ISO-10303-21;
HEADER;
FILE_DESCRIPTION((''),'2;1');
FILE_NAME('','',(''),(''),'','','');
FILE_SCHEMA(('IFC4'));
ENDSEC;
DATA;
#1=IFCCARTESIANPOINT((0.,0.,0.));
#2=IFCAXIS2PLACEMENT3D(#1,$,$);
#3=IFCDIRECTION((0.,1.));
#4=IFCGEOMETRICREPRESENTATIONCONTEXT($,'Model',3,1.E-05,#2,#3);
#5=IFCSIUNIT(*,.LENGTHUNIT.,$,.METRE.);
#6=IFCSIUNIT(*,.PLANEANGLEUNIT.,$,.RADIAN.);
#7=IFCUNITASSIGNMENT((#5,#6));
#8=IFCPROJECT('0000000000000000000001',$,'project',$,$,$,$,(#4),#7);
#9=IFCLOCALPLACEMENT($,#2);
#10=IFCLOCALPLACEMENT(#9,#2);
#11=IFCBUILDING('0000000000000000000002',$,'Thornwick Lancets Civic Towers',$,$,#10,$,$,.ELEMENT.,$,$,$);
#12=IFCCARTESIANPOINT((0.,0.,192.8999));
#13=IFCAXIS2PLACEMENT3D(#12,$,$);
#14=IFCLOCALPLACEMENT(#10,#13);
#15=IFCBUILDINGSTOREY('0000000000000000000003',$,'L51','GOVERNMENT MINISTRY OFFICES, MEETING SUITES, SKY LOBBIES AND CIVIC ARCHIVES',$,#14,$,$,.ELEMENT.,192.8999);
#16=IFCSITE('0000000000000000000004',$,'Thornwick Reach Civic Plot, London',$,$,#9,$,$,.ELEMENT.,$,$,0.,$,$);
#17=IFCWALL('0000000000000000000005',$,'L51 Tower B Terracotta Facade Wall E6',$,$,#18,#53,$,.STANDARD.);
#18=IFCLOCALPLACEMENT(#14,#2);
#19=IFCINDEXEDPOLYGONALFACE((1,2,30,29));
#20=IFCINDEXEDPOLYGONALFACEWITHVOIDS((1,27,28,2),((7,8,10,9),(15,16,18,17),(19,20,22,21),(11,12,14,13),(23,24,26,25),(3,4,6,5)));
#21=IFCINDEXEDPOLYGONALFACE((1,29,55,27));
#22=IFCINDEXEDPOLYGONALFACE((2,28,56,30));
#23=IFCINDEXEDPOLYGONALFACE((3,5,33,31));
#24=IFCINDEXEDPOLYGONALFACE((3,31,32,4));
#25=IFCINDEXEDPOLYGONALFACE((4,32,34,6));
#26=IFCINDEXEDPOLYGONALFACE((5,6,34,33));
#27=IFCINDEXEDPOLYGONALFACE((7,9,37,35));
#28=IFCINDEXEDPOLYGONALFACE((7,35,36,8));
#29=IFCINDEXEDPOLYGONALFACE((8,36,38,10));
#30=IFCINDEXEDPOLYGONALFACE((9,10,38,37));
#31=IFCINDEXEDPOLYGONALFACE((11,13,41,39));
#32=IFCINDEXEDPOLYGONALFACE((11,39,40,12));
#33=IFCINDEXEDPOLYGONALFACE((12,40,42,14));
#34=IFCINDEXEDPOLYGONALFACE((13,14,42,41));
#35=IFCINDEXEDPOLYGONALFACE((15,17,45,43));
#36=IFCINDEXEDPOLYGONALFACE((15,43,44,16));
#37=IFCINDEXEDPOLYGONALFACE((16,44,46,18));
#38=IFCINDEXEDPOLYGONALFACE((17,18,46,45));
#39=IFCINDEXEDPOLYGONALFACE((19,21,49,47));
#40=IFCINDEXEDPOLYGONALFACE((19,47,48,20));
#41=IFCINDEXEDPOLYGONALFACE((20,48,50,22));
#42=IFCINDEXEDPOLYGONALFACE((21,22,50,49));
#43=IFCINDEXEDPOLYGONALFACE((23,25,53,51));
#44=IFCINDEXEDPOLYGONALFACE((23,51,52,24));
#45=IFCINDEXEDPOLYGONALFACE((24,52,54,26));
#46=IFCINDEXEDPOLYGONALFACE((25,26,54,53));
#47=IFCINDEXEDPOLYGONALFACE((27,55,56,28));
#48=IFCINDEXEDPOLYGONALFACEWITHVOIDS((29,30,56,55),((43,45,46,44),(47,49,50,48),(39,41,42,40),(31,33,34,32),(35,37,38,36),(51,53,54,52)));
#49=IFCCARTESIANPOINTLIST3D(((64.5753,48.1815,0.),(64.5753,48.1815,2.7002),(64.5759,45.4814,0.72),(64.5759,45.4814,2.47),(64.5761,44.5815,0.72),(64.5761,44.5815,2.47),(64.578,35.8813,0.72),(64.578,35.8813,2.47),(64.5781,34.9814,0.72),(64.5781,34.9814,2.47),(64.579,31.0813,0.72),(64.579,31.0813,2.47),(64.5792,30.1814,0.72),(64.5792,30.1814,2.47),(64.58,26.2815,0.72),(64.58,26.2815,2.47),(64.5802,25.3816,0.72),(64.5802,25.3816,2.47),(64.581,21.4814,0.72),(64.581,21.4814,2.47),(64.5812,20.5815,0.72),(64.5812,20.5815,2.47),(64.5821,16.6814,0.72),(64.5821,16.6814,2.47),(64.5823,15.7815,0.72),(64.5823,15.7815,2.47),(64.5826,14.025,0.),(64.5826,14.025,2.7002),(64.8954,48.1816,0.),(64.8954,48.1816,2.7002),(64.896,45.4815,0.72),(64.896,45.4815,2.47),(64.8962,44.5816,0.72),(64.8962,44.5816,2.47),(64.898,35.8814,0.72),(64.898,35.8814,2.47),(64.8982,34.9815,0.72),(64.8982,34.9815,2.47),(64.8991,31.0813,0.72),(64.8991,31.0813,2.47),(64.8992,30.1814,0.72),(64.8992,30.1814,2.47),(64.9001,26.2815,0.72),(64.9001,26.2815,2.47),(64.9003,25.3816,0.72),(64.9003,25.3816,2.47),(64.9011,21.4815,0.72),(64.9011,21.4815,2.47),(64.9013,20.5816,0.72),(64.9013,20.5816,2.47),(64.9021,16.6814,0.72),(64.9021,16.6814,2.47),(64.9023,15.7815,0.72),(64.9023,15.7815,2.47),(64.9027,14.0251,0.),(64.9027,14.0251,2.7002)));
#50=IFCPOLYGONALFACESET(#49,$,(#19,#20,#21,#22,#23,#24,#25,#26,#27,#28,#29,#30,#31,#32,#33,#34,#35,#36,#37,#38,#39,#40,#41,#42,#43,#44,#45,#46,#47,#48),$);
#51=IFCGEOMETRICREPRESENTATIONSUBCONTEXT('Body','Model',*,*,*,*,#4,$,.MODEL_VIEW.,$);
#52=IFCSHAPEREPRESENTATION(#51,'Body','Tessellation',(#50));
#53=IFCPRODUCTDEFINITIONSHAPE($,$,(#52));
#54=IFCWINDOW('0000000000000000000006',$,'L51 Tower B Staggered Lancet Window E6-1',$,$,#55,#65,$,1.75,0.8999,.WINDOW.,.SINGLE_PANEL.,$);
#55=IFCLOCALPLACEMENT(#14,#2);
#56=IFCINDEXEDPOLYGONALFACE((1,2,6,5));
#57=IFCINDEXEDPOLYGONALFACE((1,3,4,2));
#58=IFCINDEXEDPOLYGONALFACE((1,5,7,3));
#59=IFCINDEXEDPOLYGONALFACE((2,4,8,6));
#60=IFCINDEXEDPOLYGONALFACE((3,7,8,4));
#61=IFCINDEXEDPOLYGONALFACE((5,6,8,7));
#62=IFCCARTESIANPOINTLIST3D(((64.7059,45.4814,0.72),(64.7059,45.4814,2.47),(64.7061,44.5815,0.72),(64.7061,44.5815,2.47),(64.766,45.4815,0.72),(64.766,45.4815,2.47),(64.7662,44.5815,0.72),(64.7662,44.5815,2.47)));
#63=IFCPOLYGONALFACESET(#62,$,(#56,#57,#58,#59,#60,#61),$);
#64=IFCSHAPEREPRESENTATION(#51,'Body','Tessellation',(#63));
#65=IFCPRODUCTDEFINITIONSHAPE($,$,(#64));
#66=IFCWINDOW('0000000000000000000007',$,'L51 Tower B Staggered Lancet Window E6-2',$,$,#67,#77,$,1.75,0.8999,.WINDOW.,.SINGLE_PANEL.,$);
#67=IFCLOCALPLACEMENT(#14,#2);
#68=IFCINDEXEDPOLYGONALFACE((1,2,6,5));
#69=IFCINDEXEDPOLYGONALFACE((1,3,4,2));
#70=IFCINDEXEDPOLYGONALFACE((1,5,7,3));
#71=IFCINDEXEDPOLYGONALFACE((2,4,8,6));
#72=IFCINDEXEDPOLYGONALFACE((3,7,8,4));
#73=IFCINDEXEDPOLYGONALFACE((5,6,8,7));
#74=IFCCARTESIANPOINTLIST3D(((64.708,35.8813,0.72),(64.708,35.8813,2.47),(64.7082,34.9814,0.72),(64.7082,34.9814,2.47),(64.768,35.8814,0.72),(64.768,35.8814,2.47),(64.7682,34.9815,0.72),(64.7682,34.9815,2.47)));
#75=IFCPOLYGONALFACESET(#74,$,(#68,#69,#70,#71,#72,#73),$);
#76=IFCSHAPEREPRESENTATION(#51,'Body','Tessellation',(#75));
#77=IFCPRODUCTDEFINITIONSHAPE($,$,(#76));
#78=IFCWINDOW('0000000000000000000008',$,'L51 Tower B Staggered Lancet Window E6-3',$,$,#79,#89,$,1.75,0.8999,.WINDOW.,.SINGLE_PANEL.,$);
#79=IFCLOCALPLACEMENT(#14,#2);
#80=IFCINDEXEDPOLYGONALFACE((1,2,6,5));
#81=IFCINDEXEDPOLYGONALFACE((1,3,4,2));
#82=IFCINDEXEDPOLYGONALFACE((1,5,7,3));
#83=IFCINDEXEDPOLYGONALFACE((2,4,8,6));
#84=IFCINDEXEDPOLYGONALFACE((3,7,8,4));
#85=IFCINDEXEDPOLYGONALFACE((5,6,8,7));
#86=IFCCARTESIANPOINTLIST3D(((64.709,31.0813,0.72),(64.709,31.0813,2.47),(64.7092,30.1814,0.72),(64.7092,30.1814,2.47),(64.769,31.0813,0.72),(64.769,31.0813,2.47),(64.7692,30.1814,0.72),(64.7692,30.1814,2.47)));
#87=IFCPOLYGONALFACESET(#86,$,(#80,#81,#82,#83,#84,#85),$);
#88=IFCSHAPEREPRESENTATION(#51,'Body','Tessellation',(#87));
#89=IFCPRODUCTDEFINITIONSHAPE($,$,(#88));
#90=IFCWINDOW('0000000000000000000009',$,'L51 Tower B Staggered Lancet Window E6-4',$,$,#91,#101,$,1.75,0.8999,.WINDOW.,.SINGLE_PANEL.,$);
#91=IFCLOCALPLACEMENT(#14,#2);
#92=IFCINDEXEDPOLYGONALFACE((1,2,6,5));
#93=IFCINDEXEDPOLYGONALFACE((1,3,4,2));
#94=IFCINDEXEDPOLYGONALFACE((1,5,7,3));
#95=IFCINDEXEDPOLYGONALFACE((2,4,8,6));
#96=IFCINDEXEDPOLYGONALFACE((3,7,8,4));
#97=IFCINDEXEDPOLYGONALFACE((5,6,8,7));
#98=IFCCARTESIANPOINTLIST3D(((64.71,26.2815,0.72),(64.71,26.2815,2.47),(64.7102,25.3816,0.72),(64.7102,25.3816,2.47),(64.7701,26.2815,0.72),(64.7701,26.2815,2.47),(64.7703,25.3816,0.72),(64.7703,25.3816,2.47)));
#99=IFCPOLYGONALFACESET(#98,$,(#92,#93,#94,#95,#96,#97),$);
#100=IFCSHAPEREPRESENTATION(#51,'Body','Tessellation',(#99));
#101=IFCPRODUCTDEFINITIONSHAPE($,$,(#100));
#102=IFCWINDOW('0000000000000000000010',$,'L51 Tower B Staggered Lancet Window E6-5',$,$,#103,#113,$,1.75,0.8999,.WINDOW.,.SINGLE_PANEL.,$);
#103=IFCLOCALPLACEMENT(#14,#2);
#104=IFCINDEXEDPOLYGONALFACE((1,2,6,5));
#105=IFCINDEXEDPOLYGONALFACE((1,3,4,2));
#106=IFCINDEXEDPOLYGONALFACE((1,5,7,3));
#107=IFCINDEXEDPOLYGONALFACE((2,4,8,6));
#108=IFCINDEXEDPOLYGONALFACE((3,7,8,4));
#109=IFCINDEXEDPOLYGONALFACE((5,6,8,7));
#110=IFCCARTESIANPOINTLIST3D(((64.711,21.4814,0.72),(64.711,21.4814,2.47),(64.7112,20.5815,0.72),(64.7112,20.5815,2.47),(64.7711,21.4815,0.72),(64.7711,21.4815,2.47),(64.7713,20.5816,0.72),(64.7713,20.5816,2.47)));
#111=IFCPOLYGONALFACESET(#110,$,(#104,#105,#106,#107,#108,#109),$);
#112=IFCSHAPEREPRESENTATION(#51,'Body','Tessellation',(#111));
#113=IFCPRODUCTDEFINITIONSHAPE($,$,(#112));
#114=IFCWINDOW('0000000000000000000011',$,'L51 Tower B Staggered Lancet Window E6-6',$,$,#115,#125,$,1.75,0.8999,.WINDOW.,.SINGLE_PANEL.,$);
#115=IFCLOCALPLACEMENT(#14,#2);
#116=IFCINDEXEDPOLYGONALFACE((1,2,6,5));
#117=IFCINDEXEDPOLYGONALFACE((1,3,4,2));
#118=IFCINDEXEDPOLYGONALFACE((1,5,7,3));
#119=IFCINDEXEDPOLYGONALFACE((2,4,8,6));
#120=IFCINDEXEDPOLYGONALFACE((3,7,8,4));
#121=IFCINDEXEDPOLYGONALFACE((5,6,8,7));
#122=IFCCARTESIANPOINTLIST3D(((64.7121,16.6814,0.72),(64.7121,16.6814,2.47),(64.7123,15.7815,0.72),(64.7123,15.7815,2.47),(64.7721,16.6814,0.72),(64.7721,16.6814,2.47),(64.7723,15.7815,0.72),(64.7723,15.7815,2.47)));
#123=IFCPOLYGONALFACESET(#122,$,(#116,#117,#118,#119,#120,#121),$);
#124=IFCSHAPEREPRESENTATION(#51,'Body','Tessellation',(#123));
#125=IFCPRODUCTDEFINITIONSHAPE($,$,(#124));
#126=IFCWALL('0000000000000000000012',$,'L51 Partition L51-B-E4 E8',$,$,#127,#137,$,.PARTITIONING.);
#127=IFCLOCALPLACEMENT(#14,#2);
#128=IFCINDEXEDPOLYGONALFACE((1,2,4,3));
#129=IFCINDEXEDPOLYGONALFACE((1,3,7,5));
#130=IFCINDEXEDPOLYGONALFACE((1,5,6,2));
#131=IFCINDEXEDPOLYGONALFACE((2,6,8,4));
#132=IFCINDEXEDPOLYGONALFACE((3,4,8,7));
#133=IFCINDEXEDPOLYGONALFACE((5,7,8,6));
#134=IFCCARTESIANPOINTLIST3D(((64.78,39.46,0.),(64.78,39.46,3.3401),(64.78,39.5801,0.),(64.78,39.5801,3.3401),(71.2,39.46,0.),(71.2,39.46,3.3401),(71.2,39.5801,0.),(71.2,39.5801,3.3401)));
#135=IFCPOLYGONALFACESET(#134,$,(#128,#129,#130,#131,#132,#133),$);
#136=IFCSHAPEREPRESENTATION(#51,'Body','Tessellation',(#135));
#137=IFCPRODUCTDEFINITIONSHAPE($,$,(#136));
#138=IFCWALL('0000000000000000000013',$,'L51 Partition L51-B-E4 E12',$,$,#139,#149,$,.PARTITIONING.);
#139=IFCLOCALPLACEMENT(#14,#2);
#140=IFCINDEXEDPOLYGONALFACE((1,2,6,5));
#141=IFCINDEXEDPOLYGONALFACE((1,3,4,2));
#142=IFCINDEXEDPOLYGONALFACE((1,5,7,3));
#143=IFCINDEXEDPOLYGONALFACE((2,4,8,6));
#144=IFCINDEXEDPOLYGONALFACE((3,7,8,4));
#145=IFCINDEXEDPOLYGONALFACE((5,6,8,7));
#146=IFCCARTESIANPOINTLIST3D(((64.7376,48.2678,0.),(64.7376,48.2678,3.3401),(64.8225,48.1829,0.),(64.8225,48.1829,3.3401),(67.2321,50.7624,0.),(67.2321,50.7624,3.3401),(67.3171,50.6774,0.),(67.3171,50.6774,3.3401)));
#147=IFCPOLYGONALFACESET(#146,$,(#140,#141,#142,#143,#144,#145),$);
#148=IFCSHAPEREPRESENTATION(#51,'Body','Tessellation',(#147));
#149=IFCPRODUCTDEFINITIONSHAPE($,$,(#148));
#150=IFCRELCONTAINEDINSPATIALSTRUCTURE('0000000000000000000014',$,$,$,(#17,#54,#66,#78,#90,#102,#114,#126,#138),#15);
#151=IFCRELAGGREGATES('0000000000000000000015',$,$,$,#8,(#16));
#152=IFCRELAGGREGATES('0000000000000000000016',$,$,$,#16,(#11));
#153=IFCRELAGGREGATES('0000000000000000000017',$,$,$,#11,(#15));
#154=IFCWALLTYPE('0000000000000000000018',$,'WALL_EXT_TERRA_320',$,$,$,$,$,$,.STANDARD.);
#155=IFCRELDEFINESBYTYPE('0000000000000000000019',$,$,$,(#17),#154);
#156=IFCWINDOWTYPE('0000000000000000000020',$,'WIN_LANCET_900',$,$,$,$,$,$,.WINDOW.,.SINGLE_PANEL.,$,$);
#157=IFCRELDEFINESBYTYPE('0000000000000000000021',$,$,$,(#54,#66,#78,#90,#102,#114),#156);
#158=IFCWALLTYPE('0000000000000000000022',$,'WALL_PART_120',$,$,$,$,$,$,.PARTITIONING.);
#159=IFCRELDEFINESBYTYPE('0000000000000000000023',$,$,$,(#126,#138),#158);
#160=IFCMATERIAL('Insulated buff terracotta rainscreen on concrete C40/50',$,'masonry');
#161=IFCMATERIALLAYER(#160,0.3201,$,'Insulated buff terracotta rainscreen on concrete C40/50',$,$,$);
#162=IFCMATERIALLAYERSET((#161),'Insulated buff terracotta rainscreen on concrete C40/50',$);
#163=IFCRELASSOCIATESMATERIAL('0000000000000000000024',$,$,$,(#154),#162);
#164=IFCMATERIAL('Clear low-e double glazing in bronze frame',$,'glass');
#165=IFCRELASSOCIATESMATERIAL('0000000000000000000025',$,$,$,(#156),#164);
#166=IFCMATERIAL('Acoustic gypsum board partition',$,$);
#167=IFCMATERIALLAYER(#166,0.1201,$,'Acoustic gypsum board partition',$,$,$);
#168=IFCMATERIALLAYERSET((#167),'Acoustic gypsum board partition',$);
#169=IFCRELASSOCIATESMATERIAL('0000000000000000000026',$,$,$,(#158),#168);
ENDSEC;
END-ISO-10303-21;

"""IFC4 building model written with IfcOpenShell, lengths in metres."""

from ifc_helpers import new_model, si_unit, direction, frame, frame_2d, origin, place, context, subcontext, project, spatial, rectangle, extrude, material, layer, layer_set, type_object, element, fill, save


model = new_model("IFC4")

# Units and contexts
model_context = context("Model", 3, precision=1e-05, world=origin(), true_north=direction((0.0, 1.0)))
body_context = subcontext(model_context, "Body", "Model", "MODEL_VIEW")
ifc_project = project(units=[si_unit("LENGTHUNIT", "METRE"), si_unit("PLANEANGLEUNIT", "RADIAN")], contexts=[model_context])

# Site, building, storey
site_placement = place(None, origin())
site = spatial("IfcSite", under=ifc_project, at=site_placement, Name="Thornwick Reach Civic Plot, London", CompositionType="ELEMENT", RefElevation=0.0)
building_placement = place(site_placement, origin())
building = spatial("IfcBuilding", under=site, at=building_placement, Name="Thornwick Lancets Civic Towers", CompositionType="ELEMENT")
storey_placement = place(building_placement, frame((0.0, 0.0, 192.8999)))
storey = spatial("IfcBuildingStorey", under=building, at=storey_placement, Name="L51", Description="GOVERNMENT MINISTRY OFFICES, MEETING SUITES, SKY LOBBIES AND CIVIC ARCHIVES", CompositionType="ELEMENT", Elevation=192.8999)

# Wall, openings, windows
ifc_material_1 = material(Name="Insulated buff terracotta rainscreen on concrete C40/50", Category="masonry")
ifc_layer_1 = layer(ifc_material_1, 0.3201, Name="Insulated buff terracotta rainscreen on concrete C40/50")
ifc_layer_set_1 = layer_set([ifc_layer_1], Name="Insulated buff terracotta rainscreen on concrete C40/50")
wall_type_1 = type_object("IfcWallType", Name="WALL_EXT_TERRA_320", PredefinedType="STANDARD", material=ifc_layer_set_1)
wall_1_placement = place(storey_placement, frame((64.7354, 48.1814, 0.0), z_axis=(0.0, 0.0, 1.0), x_axis=(0.000214, -1.0, 0.0)))
wall_1 = element("IfcWall", 1, at=wall_1_placement, inside=storey, type_object=wall_type_1, Name="L51 Tower B Terracotta Facade Wall E6", PredefinedType="STANDARD", context=body_context, shape_type="SweptSolid", body=[
    extrude(rectangle(XDim=34.1565, YDim=0.3201, at=frame_2d((17.0781, 0.0))), origin(), (0.0, 0.0, 1.0), 2.7002),
])
opening_1_placement = place(wall_1_placement, frame((2.7, 0.0, 0.72)))
opening_1 = element("IfcOpeningElement", 2, at=opening_1_placement, cuts=wall_1, PredefinedType="OPENING", context=body_context, shape_type="SweptSolid", body=[
    extrude(rectangle(XDim=0.8999, YDim=1.75, at=frame_2d((0.45, 0.875))), frame((0.0, 0.1699, 0.0), z_axis=(0.0, -1.0, 0.0), x_axis=(1.0, 0.0, 0.0)), (0.0, 0.0, 1.0), 0.3401),
])
opening_2_placement = place(wall_1_placement, frame((12.3, 0.0, 0.72)))
opening_2 = element("IfcOpeningElement", 3, at=opening_2_placement, cuts=wall_1, PredefinedType="OPENING", context=body_context, shape_type="SweptSolid", body=[
    extrude(rectangle(XDim=0.8999, YDim=1.75, at=frame_2d((0.45, 0.875))), frame((0.0, 0.1699, 0.0), z_axis=(0.0, -1.0, 0.0), x_axis=(1.0, 0.0, 0.0)), (0.0, 0.0, 1.0), 0.3401),
])
opening_3_placement = place(wall_1_placement, frame((17.1001, 0.0, 0.72)))
opening_3 = element("IfcOpeningElement", 4, at=opening_3_placement, cuts=wall_1, PredefinedType="OPENING", context=body_context, shape_type="SweptSolid", body=[
    extrude(rectangle(XDim=0.8999, YDim=1.75, at=frame_2d((0.45, 0.875))), frame((0.0, 0.1699, 0.0), z_axis=(0.0, -1.0, 0.0), x_axis=(1.0, 0.0, 0.0)), (0.0, 0.0, 1.0), 0.3401),
])
opening_4_placement = place(wall_1_placement, frame((21.8999, 0.0, 0.72)))
opening_4 = element("IfcOpeningElement", 5, at=opening_4_placement, cuts=wall_1, PredefinedType="OPENING", context=body_context, shape_type="SweptSolid", body=[
    extrude(rectangle(XDim=0.8999, YDim=1.75, at=frame_2d((0.45, 0.875))), frame((0.0, 0.1699, 0.0), z_axis=(0.0, -1.0, 0.0), x_axis=(1.0, 0.0, 0.0)), (0.0, 0.0, 1.0), 0.3401),
])
opening_5_placement = place(wall_1_placement, frame((26.7, 0.0, 0.72)))
opening_5 = element("IfcOpeningElement", 6, at=opening_5_placement, cuts=wall_1, PredefinedType="OPENING", context=body_context, shape_type="SweptSolid", body=[
    extrude(rectangle(XDim=0.8999, YDim=1.75, at=frame_2d((0.45, 0.875))), frame((0.0, 0.1699, 0.0), z_axis=(0.0, -1.0, 0.0), x_axis=(1.0, 0.0, 0.0)), (0.0, 0.0, 1.0), 0.3401),
])
opening_6_placement = place(wall_1_placement, frame((31.5, 0.0, 0.72)))
opening_6 = element("IfcOpeningElement", 7, at=opening_6_placement, cuts=wall_1, PredefinedType="OPENING", context=body_context, shape_type="SweptSolid", body=[
    extrude(rectangle(XDim=0.8999, YDim=1.75, at=frame_2d((0.45, 0.875))), frame((0.0, 0.1699, 0.0), z_axis=(0.0, -1.0, 0.0), x_axis=(1.0, 0.0, 0.0)), (0.0, 0.0, 1.0), 0.3401),
])
ifc_material_2 = material(Name="Clear low-e double glazing in bronze frame", Category="glass")
window_type = type_object("IfcWindowType", Name="WIN_LANCET_900", PartitioningType="SINGLE_PANEL", PredefinedType="WINDOW", material=ifc_material_2)
window_1_placement = place(opening_1_placement, origin())
window_1 = element("IfcWindow", 8, at=window_1_placement, inside=storey, type_object=window_type, Name="L51 Tower B Staggered Lancet Window E6-1", OverallHeight=1.75, OverallWidth=0.8999, PartitioningType="SINGLE_PANEL", PredefinedType="WINDOW", context=body_context, shape_type="SweptSolid", body=[
    extrude(rectangle(XDim=0.8999, YDim=1.75, at=frame_2d((0.45, 0.875))), frame((0.0, 0.03, 0.0), z_axis=(0.0, -1.0, 0.0), x_axis=(1.0, 0.0, 0.0)), (0.0, 0.0, 1.0), 0.0601),
])
fill(opening_1, window_1)
window_2_placement = place(opening_2_placement, origin())
window_2 = element("IfcWindow", 9, at=window_2_placement, inside=storey, type_object=window_type, Name="L51 Tower B Staggered Lancet Window E6-2", OverallHeight=1.75, OverallWidth=0.8999, PartitioningType="SINGLE_PANEL", PredefinedType="WINDOW", context=body_context, shape_type="SweptSolid", body=[
    extrude(rectangle(XDim=0.8999, YDim=1.75, at=frame_2d((0.45, 0.875))), frame((0.0, 0.03, 0.0), z_axis=(0.0, -1.0, 0.0), x_axis=(1.0, 0.0, 0.0)), (0.0, 0.0, 1.0), 0.0601),
])
fill(opening_2, window_2)
window_3_placement = place(opening_3_placement, origin())
window_3 = element("IfcWindow", 10, at=window_3_placement, inside=storey, type_object=window_type, Name="L51 Tower B Staggered Lancet Window E6-3", OverallHeight=1.75, OverallWidth=0.8999, PartitioningType="SINGLE_PANEL", PredefinedType="WINDOW", context=body_context, shape_type="SweptSolid", body=[
    extrude(rectangle(XDim=0.8999, YDim=1.75, at=frame_2d((0.45, 0.875))), frame((0.0, 0.03, 0.0), z_axis=(0.0, -1.0, 0.0), x_axis=(1.0, 0.0, 0.0)), (0.0, 0.0, 1.0), 0.0601),
])
fill(opening_3, window_3)
window_4_placement = place(opening_4_placement, origin())
window_4 = element("IfcWindow", 11, at=window_4_placement, inside=storey, type_object=window_type, Name="L51 Tower B Staggered Lancet Window E6-4", OverallHeight=1.75, OverallWidth=0.8999, PartitioningType="SINGLE_PANEL", PredefinedType="WINDOW", context=body_context, shape_type="SweptSolid", body=[
    extrude(rectangle(XDim=0.8999, YDim=1.75, at=frame_2d((0.45, 0.875))), frame((0.0, 0.03, 0.0), z_axis=(0.0, -1.0, 0.0), x_axis=(1.0, 0.0, 0.0)), (0.0, 0.0, 1.0), 0.0601),
])
fill(opening_4, window_4)
window_5_placement = place(opening_5_placement, origin())
window_5 = element("IfcWindow", 12, at=window_5_placement, inside=storey, type_object=window_type, Name="L51 Tower B Staggered Lancet Window E6-5", OverallHeight=1.75, OverallWidth=0.8999, PartitioningType="SINGLE_PANEL", PredefinedType="WINDOW", context=body_context, shape_type="SweptSolid", body=[
    extrude(rectangle(XDim=0.8999, YDim=1.75, at=frame_2d((0.45, 0.875))), frame((0.0, 0.03, 0.0), z_axis=(0.0, -1.0, 0.0), x_axis=(1.0, 0.0, 0.0)), (0.0, 0.0, 1.0), 0.0601),
])
fill(opening_5, window_5)
window_6_placement = place(opening_6_placement, origin())
window_6 = element("IfcWindow", 13, at=window_6_placement, inside=storey, type_object=window_type, Name="L51 Tower B Staggered Lancet Window E6-6", OverallHeight=1.75, OverallWidth=0.8999, PartitioningType="SINGLE_PANEL", PredefinedType="WINDOW", context=body_context, shape_type="SweptSolid", body=[
    extrude(rectangle(XDim=0.8999, YDim=1.75, at=frame_2d((0.45, 0.875))), frame((0.0, 0.03, 0.0), z_axis=(0.0, -1.0, 0.0), x_axis=(1.0, 0.0, 0.0)), (0.0, 0.0, 1.0), 0.0601),
])
fill(opening_6, window_6)

# Walls
ifc_material_3 = material(Name="Acoustic gypsum board partition")
ifc_layer_2 = layer(ifc_material_3, 0.1201, Name="Acoustic gypsum board partition")
ifc_layer_set_2 = layer_set([ifc_layer_2], Name="Acoustic gypsum board partition")
wall_type_2 = type_object("IfcWallType", Name="WALL_PART_120", PredefinedType="PARTITIONING", material=ifc_layer_set_2)
wall_2_placement = place(storey_placement, frame((64.78, 39.52, 0.0), z_axis=(0.0, 0.0, 1.0), x_axis=(1.0, 0.0, 0.0)))
element("IfcWall", 14, at=wall_2_placement, inside=storey, type_object=wall_type_2, Name="L51 Partition L51-B-E4 E8", PredefinedType="PARTITIONING", context=body_context, shape_type="SweptSolid", body=[
    extrude(rectangle(XDim=6.4199, YDim=0.1201, at=frame_2d((3.21, 0.0))), origin(), (0.0, 0.0, 1.0), 3.3401),
])
wall_3_placement = place(storey_placement, frame((64.78, 48.2253, 0.0), z_axis=(0.0, 0.0, 1.0), x_axis=(0.707107, 0.707107, 0.0)))
element("IfcWall", 15, at=wall_3_placement, inside=storey, type_object=wall_type_2, Name="L51 Partition L51-B-E4 E12", PredefinedType="PARTITIONING", context=body_context, shape_type="SweptSolid", body=[
    extrude(rectangle(XDim=3.5278, YDim=0.1201, at=frame_2d((1.7639, 0.0))), origin(), (0.0, 0.0, 1.0), 3.3401),
])

save(model, "model.ifc")
